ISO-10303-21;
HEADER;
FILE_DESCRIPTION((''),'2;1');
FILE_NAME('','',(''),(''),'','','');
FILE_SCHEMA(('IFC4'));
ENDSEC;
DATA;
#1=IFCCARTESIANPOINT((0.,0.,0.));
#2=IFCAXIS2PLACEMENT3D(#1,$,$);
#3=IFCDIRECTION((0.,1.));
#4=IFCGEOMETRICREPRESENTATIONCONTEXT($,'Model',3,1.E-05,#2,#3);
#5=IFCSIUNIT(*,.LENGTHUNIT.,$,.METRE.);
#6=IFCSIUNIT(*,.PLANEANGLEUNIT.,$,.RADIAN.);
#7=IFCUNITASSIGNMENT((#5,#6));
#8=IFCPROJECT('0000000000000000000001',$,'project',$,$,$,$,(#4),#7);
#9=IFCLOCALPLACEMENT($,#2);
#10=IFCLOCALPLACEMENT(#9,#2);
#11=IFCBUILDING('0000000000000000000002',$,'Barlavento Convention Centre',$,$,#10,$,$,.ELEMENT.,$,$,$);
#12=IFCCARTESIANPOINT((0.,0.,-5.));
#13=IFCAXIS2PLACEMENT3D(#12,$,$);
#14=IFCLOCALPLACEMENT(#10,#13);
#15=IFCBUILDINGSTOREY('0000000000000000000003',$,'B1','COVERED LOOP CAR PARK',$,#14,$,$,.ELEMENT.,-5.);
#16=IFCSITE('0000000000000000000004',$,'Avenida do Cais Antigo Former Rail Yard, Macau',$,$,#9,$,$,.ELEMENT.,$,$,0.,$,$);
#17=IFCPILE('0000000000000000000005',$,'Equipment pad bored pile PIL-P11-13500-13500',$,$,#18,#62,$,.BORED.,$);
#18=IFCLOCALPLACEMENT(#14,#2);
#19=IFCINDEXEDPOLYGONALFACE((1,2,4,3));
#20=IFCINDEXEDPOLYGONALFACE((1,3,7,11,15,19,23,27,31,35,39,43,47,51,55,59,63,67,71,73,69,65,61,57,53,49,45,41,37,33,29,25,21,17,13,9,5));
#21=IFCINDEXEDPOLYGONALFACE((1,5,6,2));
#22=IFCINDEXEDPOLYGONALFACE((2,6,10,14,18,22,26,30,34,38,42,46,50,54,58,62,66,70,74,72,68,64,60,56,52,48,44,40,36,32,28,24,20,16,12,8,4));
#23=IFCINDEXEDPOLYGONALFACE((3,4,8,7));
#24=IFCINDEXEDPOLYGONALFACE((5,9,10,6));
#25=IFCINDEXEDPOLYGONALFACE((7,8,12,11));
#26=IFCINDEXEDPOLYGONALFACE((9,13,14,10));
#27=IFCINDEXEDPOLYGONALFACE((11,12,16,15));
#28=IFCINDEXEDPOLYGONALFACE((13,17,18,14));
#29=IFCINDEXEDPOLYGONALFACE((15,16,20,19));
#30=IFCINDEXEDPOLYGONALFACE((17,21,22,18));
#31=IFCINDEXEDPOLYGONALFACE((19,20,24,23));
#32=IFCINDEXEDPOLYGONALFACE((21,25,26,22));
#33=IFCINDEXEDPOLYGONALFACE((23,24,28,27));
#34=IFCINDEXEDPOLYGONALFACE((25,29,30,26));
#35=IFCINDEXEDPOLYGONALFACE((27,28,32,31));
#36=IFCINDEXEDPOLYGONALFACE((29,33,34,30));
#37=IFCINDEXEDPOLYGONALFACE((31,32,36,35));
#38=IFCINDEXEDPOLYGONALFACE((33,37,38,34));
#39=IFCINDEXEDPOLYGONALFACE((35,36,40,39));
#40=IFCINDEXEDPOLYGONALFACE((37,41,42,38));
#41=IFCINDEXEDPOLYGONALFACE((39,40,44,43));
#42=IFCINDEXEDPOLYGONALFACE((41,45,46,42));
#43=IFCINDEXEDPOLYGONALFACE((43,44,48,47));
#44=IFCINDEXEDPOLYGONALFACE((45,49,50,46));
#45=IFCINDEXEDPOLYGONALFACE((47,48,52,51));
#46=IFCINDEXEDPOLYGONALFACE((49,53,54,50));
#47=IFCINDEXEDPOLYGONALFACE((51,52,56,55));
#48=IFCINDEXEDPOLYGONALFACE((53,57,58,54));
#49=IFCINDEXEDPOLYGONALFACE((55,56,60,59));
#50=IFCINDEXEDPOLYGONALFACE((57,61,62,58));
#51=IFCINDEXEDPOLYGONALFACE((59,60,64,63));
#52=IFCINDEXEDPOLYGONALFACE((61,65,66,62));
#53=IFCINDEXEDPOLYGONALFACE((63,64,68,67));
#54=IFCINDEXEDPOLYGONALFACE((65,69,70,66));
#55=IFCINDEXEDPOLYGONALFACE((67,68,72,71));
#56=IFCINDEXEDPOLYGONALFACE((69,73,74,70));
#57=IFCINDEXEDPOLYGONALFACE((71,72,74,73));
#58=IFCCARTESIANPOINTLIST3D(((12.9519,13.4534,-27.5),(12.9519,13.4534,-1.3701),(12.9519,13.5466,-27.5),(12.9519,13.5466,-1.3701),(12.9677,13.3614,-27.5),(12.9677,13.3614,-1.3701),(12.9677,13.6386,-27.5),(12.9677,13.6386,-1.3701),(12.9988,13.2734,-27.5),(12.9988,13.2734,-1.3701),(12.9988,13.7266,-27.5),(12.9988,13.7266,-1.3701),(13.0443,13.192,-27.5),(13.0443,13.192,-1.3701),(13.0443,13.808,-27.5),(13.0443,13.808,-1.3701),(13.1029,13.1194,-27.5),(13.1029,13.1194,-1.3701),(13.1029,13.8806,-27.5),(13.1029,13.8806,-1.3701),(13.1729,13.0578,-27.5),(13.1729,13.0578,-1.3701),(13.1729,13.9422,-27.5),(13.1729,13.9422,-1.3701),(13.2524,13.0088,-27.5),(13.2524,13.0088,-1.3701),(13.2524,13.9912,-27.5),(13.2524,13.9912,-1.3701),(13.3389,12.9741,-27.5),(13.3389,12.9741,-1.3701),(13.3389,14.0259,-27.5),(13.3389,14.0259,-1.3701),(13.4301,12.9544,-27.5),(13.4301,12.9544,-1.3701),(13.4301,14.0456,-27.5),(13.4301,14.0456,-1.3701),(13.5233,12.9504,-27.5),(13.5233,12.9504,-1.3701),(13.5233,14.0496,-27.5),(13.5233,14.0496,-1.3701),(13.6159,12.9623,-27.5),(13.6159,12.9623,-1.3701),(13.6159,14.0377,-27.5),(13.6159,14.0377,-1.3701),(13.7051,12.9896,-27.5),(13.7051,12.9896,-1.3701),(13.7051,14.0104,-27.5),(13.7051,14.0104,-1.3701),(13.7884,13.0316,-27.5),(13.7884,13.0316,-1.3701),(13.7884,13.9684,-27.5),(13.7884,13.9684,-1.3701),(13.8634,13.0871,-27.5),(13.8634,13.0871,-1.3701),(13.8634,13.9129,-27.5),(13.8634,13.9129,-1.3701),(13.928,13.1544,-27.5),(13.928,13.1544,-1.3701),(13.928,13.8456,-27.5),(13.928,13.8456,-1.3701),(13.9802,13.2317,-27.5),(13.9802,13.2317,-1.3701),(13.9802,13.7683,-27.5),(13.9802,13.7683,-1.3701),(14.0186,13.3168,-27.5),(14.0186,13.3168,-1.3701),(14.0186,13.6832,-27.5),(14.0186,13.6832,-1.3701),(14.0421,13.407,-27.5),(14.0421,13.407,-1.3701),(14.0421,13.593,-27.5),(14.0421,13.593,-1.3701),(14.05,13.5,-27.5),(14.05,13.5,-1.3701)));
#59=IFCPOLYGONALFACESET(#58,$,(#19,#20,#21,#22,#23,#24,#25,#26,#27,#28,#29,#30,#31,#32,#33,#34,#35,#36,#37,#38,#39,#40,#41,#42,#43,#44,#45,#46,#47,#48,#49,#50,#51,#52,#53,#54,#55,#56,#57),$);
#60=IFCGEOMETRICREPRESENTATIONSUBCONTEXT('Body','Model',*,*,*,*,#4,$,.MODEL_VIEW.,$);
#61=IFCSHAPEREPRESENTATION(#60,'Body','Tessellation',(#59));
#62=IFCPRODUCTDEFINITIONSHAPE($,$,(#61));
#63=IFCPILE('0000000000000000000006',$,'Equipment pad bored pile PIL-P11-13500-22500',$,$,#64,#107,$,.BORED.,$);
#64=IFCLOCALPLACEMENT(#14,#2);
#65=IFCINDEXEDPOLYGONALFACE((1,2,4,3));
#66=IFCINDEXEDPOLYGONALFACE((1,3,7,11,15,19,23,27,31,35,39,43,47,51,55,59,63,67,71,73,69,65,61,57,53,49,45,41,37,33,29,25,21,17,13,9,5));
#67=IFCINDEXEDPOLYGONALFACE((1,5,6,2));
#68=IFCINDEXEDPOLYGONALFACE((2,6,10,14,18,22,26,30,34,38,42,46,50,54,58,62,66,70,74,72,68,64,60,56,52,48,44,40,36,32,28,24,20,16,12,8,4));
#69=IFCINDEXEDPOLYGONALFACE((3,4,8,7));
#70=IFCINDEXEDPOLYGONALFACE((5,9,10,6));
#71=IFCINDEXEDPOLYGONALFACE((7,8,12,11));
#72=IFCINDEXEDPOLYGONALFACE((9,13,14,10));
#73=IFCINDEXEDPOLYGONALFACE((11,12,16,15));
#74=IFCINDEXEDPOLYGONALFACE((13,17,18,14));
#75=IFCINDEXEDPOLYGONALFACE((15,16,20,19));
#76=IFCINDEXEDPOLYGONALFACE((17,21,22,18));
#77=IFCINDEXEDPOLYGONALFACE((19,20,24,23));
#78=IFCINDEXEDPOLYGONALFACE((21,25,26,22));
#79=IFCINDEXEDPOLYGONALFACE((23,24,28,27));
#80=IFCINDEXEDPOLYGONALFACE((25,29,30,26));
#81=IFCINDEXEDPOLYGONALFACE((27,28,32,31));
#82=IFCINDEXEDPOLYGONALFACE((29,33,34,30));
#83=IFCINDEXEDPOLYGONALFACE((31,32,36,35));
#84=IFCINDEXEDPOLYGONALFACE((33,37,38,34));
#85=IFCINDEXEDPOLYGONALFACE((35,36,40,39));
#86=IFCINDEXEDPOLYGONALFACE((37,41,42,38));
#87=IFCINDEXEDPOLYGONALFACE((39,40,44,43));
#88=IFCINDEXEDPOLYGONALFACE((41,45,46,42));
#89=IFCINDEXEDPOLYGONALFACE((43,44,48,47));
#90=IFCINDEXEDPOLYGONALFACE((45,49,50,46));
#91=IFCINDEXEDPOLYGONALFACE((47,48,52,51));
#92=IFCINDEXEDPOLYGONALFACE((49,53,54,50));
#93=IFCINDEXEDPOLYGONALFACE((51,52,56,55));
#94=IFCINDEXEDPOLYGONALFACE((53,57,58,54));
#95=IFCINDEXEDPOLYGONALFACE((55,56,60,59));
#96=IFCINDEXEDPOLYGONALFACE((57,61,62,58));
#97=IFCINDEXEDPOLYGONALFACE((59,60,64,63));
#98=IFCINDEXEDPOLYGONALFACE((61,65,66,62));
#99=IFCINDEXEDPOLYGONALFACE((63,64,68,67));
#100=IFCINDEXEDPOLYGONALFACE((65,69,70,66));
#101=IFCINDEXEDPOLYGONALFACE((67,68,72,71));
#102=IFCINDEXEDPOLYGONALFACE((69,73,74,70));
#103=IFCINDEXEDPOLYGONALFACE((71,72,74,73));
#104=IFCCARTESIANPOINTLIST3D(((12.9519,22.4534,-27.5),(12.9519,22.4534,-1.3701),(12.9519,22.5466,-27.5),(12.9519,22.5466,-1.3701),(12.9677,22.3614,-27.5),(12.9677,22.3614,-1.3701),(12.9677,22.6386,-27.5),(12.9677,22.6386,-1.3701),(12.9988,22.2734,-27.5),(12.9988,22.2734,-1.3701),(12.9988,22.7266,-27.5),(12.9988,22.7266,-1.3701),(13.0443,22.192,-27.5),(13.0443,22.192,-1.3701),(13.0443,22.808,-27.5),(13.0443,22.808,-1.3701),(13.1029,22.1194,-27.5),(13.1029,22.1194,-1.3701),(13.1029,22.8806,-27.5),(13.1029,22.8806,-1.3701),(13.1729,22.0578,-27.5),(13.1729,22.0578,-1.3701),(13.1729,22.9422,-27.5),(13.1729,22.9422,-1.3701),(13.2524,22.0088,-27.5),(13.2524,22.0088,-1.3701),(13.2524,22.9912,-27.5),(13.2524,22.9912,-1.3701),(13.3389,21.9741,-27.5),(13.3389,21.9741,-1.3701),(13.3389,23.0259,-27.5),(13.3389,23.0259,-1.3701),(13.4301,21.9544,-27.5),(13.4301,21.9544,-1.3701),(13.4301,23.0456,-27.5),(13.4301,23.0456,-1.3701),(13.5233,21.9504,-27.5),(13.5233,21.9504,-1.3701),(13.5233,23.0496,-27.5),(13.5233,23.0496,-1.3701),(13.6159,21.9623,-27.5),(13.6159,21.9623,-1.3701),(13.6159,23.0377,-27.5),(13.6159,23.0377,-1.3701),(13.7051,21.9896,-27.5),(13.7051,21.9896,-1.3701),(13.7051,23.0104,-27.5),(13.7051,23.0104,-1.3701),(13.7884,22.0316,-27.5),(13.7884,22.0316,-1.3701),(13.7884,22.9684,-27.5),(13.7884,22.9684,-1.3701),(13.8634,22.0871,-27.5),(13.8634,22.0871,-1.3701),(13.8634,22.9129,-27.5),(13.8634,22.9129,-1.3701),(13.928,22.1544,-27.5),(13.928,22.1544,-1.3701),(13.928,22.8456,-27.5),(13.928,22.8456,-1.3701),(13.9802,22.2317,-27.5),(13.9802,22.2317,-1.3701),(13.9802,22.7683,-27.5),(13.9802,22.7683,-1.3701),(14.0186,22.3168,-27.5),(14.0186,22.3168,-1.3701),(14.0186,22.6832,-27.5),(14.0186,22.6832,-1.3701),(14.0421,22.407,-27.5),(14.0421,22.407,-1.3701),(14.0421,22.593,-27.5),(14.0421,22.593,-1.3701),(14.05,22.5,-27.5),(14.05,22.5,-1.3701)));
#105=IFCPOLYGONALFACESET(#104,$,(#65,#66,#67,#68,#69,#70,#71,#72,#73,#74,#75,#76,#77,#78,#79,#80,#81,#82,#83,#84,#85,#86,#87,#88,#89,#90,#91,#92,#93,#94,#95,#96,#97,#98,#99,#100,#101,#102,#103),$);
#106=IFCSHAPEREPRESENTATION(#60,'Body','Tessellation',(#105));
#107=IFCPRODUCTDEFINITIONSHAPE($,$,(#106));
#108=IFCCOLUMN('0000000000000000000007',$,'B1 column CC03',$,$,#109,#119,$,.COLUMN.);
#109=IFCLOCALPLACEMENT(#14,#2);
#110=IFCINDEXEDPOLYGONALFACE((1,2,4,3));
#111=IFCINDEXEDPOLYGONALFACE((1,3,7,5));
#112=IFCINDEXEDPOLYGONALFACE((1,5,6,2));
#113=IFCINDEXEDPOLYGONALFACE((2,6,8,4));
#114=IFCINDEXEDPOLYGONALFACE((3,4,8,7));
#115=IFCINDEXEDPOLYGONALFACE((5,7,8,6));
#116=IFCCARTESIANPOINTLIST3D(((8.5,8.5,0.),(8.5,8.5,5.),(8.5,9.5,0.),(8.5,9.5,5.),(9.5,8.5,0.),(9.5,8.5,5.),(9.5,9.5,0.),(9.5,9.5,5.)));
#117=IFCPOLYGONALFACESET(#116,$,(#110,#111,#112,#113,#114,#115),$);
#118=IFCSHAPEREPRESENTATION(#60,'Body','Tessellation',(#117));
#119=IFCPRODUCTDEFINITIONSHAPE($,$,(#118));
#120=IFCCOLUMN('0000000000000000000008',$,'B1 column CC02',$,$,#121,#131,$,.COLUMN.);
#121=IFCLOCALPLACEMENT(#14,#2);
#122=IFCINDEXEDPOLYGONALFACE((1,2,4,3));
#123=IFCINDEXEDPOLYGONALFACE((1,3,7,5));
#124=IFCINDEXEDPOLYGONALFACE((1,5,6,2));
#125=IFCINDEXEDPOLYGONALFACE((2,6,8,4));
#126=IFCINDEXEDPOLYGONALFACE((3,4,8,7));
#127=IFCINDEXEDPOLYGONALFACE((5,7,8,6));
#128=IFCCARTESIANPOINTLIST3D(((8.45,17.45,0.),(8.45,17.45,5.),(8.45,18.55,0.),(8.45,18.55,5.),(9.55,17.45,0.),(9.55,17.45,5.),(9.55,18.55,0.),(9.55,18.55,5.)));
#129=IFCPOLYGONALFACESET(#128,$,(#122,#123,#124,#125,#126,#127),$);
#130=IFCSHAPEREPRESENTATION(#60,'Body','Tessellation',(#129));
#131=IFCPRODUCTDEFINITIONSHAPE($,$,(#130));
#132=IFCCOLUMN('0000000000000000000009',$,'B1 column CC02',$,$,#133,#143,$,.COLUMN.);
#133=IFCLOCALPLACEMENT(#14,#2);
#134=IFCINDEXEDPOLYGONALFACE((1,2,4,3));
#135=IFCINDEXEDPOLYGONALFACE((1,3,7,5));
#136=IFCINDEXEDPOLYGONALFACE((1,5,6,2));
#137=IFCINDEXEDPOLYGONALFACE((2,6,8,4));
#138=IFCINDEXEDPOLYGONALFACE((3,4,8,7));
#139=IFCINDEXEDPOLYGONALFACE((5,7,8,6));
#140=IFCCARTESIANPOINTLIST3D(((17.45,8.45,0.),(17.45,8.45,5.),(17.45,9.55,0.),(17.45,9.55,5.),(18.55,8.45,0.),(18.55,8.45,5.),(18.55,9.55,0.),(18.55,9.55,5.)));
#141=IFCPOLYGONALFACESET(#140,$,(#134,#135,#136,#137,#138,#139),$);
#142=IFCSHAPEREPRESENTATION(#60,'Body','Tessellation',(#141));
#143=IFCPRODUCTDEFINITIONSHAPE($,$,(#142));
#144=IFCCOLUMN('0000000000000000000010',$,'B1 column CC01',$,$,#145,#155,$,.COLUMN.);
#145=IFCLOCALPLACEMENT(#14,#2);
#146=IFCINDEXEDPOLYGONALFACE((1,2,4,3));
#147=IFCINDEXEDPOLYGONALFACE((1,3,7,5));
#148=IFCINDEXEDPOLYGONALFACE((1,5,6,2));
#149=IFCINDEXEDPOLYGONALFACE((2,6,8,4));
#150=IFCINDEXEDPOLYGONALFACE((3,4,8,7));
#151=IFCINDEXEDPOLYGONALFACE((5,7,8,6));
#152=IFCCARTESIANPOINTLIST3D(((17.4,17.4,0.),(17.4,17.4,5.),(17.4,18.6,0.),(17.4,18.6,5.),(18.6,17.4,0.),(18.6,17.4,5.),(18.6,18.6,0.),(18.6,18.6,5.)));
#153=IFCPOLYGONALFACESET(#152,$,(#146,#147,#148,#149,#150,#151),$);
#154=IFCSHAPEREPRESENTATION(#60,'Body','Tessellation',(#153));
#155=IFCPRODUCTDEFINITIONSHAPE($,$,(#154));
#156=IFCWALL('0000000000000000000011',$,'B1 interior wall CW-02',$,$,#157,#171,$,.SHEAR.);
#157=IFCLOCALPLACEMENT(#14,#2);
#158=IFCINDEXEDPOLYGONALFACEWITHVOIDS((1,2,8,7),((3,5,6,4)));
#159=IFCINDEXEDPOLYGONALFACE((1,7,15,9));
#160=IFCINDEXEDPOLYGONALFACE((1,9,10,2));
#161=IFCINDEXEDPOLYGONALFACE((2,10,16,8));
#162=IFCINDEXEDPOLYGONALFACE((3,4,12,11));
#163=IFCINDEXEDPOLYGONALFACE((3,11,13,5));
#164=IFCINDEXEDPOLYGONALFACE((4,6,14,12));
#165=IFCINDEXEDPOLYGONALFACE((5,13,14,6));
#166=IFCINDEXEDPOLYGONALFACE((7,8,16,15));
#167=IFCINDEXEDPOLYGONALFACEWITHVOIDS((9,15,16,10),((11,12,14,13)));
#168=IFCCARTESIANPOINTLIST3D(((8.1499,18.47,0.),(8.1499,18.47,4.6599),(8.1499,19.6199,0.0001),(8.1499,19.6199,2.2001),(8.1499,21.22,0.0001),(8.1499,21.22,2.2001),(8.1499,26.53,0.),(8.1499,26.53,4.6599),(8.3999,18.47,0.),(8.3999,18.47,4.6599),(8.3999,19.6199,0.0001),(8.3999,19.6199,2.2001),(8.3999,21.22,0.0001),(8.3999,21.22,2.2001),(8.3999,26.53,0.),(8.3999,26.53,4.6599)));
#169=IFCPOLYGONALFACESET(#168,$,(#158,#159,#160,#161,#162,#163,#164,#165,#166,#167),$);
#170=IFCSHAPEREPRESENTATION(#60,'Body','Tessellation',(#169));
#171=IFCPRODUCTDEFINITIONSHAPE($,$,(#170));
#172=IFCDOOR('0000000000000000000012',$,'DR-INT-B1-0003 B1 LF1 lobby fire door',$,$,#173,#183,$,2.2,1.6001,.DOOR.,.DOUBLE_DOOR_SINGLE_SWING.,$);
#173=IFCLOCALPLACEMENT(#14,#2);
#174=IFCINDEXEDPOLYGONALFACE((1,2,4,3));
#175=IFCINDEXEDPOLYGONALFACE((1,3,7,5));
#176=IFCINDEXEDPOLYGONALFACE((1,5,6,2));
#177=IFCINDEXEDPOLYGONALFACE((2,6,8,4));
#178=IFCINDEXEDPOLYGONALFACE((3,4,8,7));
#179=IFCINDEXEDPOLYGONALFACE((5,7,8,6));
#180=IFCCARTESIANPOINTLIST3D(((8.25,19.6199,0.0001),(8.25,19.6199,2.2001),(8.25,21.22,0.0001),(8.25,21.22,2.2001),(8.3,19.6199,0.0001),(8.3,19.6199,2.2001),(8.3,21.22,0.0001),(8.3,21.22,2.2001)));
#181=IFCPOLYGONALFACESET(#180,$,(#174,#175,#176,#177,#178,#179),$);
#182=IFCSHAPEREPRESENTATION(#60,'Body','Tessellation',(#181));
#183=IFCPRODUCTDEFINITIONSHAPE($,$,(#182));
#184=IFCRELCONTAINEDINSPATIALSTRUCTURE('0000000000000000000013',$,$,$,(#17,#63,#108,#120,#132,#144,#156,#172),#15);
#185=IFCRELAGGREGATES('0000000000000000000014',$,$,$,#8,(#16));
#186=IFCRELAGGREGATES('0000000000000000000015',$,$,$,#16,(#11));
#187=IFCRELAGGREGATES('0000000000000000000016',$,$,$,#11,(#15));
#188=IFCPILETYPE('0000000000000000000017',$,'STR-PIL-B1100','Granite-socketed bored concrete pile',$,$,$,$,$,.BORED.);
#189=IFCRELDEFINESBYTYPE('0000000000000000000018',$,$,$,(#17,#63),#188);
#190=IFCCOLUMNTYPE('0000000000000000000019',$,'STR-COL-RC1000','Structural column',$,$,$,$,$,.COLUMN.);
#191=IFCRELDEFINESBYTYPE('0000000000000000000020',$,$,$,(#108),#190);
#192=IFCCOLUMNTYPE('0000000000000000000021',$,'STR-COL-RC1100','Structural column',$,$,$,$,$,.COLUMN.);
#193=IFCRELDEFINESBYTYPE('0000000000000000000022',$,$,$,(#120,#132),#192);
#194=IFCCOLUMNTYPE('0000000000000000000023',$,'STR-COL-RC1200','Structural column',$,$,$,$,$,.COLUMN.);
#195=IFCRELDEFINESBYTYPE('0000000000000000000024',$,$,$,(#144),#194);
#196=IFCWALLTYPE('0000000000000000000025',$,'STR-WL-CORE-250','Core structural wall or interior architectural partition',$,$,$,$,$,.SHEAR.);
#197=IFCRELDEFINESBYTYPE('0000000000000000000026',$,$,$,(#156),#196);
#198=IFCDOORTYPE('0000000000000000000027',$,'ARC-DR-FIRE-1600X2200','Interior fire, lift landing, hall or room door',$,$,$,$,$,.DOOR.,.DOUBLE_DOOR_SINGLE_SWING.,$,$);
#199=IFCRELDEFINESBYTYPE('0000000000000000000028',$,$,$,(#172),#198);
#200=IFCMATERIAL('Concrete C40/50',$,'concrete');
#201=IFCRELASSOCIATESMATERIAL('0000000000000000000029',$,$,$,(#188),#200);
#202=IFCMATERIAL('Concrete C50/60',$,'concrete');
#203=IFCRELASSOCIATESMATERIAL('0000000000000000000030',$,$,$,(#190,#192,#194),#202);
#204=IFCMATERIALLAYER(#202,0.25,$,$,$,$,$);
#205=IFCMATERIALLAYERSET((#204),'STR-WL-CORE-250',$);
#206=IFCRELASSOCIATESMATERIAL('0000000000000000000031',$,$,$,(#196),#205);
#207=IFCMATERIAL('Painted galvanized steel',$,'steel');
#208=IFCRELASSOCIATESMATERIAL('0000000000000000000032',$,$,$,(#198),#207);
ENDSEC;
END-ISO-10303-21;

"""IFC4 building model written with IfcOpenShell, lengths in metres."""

from ifc_helpers import new_model, si_unit, direction, frame, frame_2d, origin, origin_2d, place, context, subcontext, project, spatial, rectangle, circle, extrude, material, layer, layer_set, material_profile, profile_set, type_object, element, fill, save


model = new_model("IFC4")

# Units and contexts
model_context = context("Model", 3, precision=1e-05, world=origin(), true_north=direction((0.0, 1.0)))
body_context = subcontext(model_context, "Body", "Model", "MODEL_VIEW")
ifc_project = project(units=[si_unit("LENGTHUNIT", "METRE"), si_unit("PLANEANGLEUNIT", "RADIAN")], contexts=[model_context])

# Site, building, storey
site_placement = place(None, origin())
site = spatial("IfcSite", under=ifc_project, at=site_placement, Name="Avenida do Cais Antigo Former Rail Yard, Macau", CompositionType="ELEMENT", RefElevation=0.0)
building_placement = place(site_placement, origin())
building = spatial("IfcBuilding", under=site, at=building_placement, Name="Barlavento Convention Centre", CompositionType="ELEMENT")
storey_placement = place(building_placement, frame((0.0, 0.0, -5.0)))
storey = spatial("IfcBuildingStorey", under=building, at=storey_placement, Name="B1", Description="COVERED LOOP CAR PARK", CompositionType="ELEMENT", Elevation=-5.0)

# Shared definitions
ifc_material_1 = material(Name="Concrete C40/50", Category="concrete")

# Piles
ifc_material_profile_1 = material_profile(ifc_material_1, circle(Radius=0.55, at=origin_2d()), Name="BORED PILE 1100")
ifc_profile_set_1 = profile_set([ifc_material_profile_1], Name="Concrete C40/50")
pile_type_1 = type_object("IfcPileType", Name="STR-PIL-B1100", Description="Granite-socketed bored concrete pile", PredefinedType="BORED", material=ifc_profile_set_1)
for number, where, z_axis, x_axis, name in (
    (1, (13.5, 13.5, -1.3701), (0.0, 0.0, -1.0), (1.0, 0.0, 0.0), "Equipment pad bored pile PIL-P11-13500-13500"),
    (2, (13.5, 22.5, -1.3701), (0.0, 0.0, -1.0), (1.0, 0.0, 0.0), "Equipment pad bored pile PIL-P11-13500-22500"),
):
    element("IfcPile", number, at=place(storey_placement, frame(where, z_axis=z_axis, x_axis=x_axis)), inside=storey, type_object=pile_type_1, Name=name, PredefinedType="BORED", context=body_context, shape_type="SweptSolid", body=[
        extrude(circle(Radius=0.55, at=origin_2d()), origin(), (0.0, 0.0, 1.0), 26.1299),
    ])

# Columns
ifc_material_2 = material(Name="Concrete C50/60", Category="concrete")
ifc_material_profile_2 = material_profile(ifc_material_2, rectangle(XDim=1.0, YDim=1.0, at=origin_2d()), Name="RC 1000x1000")
ifc_profile_set_2 = profile_set([ifc_material_profile_2], Name="Concrete C50/60")
column_type_1 = type_object("IfcColumnType", Name="STR-COL-RC1000", Description="Structural column", PredefinedType="COLUMN", material=ifc_profile_set_2)
column_1_placement = place(storey_placement, frame((9.0, 9.0, 0.0), z_axis=(0.0, 0.0, 1.0), x_axis=(1.0, 0.0, 0.0)))
element("IfcColumn", 3, at=column_1_placement, inside=storey, type_object=column_type_1, Name="B1 column CC03", PredefinedType="COLUMN", context=body_context, shape_type="SweptSolid", body=[
    extrude(rectangle(XDim=1.0, YDim=1.0, at=origin_2d()), origin(), (0.0, 0.0, 1.0), 5.0),
])
ifc_material_profile_3 = material_profile(ifc_material_2, rectangle(XDim=1.1001, YDim=1.1001, at=origin_2d()), Name="RC 1100x1100")
ifc_profile_set_3 = profile_set([ifc_material_profile_3], Name="Concrete C50/60")
column_type_2 = type_object("IfcColumnType", Name="STR-COL-RC1100", Description="Structural column", PredefinedType="COLUMN", material=ifc_profile_set_3)
for number, where, z_axis, x_axis, name in (
    (4, (9.0, 18.0, 0.0), (0.0, 0.0, 1.0), (1.0, 0.0, 0.0), "B1 column CC02"),
    (5, (18.0, 9.0, 0.0), (0.0, 0.0, 1.0), (1.0, 0.0, 0.0), "B1 column CC02"),
):
    element("IfcColumn", number, at=place(storey_placement, frame(where, z_axis=z_axis, x_axis=x_axis)), inside=storey, type_object=column_type_2, Name=name, PredefinedType="COLUMN", context=body_context, shape_type="SweptSolid", body=[
        extrude(rectangle(XDim=1.1001, YDim=1.1001, at=origin_2d()), origin(), (0.0, 0.0, 1.0), 5.0),
    ])
ifc_material_profile_4 = material_profile(ifc_material_2, rectangle(XDim=1.2, YDim=1.2, at=origin_2d()), Name="RC 1200x1200")
ifc_profile_set_4 = profile_set([ifc_material_profile_4], Name="Concrete C50/60")
column_type_3 = type_object("IfcColumnType", Name="STR-COL-RC1200", Description="Structural column", PredefinedType="COLUMN", material=ifc_profile_set_4)
column_2_placement = place(storey_placement, frame((18.0, 18.0, 0.0), z_axis=(0.0, 0.0, 1.0), x_axis=(1.0, 0.0, 0.0)))
element("IfcColumn", 6, at=column_2_placement, inside=storey, type_object=column_type_3, Name="B1 column CC01", PredefinedType="COLUMN", context=body_context, shape_type="SweptSolid", body=[
    extrude(rectangle(XDim=1.2, YDim=1.2, at=origin_2d()), origin(), (0.0, 0.0, 1.0), 5.0),
])

# Wall, opening, door
ifc_layer_1 = layer(ifc_material_2, 0.25)
ifc_layer_set_1 = layer_set([ifc_layer_1], Name="STR-WL-CORE-250")
wall_type_1 = type_object("IfcWallType", Name="STR-WL-CORE-250", Description="Core structural wall or interior architectural partition", PredefinedType="SHEAR", material=ifc_layer_set_1)
wall_1_placement = place(storey_placement, frame((8.2749, 18.47, 0.0), z_axis=(0.0, 0.0, 1.0), x_axis=(0.0, 1.0, 0.0)))
wall_1 = element("IfcWall", 7, at=wall_1_placement, inside=storey, type_object=wall_type_1, Name="B1 interior wall CW-02", PredefinedType="SHEAR", context=body_context, shape_type="SweptSolid", body=[
    extrude(rectangle(XDim=8.0601, YDim=0.25, at=frame_2d((4.03, 0.0))), origin(), (0.0, 0.0, 1.0), 4.6599),
])
opening_placement = place(wall_1_placement, frame((1.1499, 0.0, 0.0)))
opening = element("IfcOpeningElement", 8, at=opening_placement, cuts=wall_1, PredefinedType="OPENING", context=body_context, shape_type="SweptSolid", body=[
    extrude(rectangle(XDim=1.6001, YDim=2.2, at=frame_2d((0.8, 1.1001))), frame((0.0, 0.135, 0.0), z_axis=(0.0, -1.0, 0.0), x_axis=(1.0, 0.0, 0.0)), (0.0, 0.0, 1.0), 0.27),
])
ifc_material_3 = material(Name="Painted galvanized steel", Category="steel")
door_type = type_object("IfcDoorType", Name="ARC-DR-FIRE-1600X2200", Description="Interior fire, lift landing, hall or room door", OperationType="DOUBLE_DOOR_SINGLE_SWING", PredefinedType="DOOR", material=ifc_material_3)
door_placement = place(opening_placement, origin())
door = element("IfcDoor", 9, at=door_placement, inside=storey, type_object=door_type, Name="DR-INT-B1-0003 B1 LF1 lobby fire door", OperationType="DOUBLE_DOOR_SINGLE_SWING", OverallHeight=2.2, OverallWidth=1.6001, PredefinedType="DOOR", context=body_context, shape_type="SweptSolid", body=[
    extrude(rectangle(XDim=1.6001, YDim=2.2, at=frame_2d((0.8, 1.1001))), frame((0.0, 0.0249, 0.0), z_axis=(0.0, -1.0, 0.0), x_axis=(1.0, 0.0, 0.0)), (0.0, 0.0, 1.0), 0.05),
])
fill(opening, door)

save(model, "model.ifc")
